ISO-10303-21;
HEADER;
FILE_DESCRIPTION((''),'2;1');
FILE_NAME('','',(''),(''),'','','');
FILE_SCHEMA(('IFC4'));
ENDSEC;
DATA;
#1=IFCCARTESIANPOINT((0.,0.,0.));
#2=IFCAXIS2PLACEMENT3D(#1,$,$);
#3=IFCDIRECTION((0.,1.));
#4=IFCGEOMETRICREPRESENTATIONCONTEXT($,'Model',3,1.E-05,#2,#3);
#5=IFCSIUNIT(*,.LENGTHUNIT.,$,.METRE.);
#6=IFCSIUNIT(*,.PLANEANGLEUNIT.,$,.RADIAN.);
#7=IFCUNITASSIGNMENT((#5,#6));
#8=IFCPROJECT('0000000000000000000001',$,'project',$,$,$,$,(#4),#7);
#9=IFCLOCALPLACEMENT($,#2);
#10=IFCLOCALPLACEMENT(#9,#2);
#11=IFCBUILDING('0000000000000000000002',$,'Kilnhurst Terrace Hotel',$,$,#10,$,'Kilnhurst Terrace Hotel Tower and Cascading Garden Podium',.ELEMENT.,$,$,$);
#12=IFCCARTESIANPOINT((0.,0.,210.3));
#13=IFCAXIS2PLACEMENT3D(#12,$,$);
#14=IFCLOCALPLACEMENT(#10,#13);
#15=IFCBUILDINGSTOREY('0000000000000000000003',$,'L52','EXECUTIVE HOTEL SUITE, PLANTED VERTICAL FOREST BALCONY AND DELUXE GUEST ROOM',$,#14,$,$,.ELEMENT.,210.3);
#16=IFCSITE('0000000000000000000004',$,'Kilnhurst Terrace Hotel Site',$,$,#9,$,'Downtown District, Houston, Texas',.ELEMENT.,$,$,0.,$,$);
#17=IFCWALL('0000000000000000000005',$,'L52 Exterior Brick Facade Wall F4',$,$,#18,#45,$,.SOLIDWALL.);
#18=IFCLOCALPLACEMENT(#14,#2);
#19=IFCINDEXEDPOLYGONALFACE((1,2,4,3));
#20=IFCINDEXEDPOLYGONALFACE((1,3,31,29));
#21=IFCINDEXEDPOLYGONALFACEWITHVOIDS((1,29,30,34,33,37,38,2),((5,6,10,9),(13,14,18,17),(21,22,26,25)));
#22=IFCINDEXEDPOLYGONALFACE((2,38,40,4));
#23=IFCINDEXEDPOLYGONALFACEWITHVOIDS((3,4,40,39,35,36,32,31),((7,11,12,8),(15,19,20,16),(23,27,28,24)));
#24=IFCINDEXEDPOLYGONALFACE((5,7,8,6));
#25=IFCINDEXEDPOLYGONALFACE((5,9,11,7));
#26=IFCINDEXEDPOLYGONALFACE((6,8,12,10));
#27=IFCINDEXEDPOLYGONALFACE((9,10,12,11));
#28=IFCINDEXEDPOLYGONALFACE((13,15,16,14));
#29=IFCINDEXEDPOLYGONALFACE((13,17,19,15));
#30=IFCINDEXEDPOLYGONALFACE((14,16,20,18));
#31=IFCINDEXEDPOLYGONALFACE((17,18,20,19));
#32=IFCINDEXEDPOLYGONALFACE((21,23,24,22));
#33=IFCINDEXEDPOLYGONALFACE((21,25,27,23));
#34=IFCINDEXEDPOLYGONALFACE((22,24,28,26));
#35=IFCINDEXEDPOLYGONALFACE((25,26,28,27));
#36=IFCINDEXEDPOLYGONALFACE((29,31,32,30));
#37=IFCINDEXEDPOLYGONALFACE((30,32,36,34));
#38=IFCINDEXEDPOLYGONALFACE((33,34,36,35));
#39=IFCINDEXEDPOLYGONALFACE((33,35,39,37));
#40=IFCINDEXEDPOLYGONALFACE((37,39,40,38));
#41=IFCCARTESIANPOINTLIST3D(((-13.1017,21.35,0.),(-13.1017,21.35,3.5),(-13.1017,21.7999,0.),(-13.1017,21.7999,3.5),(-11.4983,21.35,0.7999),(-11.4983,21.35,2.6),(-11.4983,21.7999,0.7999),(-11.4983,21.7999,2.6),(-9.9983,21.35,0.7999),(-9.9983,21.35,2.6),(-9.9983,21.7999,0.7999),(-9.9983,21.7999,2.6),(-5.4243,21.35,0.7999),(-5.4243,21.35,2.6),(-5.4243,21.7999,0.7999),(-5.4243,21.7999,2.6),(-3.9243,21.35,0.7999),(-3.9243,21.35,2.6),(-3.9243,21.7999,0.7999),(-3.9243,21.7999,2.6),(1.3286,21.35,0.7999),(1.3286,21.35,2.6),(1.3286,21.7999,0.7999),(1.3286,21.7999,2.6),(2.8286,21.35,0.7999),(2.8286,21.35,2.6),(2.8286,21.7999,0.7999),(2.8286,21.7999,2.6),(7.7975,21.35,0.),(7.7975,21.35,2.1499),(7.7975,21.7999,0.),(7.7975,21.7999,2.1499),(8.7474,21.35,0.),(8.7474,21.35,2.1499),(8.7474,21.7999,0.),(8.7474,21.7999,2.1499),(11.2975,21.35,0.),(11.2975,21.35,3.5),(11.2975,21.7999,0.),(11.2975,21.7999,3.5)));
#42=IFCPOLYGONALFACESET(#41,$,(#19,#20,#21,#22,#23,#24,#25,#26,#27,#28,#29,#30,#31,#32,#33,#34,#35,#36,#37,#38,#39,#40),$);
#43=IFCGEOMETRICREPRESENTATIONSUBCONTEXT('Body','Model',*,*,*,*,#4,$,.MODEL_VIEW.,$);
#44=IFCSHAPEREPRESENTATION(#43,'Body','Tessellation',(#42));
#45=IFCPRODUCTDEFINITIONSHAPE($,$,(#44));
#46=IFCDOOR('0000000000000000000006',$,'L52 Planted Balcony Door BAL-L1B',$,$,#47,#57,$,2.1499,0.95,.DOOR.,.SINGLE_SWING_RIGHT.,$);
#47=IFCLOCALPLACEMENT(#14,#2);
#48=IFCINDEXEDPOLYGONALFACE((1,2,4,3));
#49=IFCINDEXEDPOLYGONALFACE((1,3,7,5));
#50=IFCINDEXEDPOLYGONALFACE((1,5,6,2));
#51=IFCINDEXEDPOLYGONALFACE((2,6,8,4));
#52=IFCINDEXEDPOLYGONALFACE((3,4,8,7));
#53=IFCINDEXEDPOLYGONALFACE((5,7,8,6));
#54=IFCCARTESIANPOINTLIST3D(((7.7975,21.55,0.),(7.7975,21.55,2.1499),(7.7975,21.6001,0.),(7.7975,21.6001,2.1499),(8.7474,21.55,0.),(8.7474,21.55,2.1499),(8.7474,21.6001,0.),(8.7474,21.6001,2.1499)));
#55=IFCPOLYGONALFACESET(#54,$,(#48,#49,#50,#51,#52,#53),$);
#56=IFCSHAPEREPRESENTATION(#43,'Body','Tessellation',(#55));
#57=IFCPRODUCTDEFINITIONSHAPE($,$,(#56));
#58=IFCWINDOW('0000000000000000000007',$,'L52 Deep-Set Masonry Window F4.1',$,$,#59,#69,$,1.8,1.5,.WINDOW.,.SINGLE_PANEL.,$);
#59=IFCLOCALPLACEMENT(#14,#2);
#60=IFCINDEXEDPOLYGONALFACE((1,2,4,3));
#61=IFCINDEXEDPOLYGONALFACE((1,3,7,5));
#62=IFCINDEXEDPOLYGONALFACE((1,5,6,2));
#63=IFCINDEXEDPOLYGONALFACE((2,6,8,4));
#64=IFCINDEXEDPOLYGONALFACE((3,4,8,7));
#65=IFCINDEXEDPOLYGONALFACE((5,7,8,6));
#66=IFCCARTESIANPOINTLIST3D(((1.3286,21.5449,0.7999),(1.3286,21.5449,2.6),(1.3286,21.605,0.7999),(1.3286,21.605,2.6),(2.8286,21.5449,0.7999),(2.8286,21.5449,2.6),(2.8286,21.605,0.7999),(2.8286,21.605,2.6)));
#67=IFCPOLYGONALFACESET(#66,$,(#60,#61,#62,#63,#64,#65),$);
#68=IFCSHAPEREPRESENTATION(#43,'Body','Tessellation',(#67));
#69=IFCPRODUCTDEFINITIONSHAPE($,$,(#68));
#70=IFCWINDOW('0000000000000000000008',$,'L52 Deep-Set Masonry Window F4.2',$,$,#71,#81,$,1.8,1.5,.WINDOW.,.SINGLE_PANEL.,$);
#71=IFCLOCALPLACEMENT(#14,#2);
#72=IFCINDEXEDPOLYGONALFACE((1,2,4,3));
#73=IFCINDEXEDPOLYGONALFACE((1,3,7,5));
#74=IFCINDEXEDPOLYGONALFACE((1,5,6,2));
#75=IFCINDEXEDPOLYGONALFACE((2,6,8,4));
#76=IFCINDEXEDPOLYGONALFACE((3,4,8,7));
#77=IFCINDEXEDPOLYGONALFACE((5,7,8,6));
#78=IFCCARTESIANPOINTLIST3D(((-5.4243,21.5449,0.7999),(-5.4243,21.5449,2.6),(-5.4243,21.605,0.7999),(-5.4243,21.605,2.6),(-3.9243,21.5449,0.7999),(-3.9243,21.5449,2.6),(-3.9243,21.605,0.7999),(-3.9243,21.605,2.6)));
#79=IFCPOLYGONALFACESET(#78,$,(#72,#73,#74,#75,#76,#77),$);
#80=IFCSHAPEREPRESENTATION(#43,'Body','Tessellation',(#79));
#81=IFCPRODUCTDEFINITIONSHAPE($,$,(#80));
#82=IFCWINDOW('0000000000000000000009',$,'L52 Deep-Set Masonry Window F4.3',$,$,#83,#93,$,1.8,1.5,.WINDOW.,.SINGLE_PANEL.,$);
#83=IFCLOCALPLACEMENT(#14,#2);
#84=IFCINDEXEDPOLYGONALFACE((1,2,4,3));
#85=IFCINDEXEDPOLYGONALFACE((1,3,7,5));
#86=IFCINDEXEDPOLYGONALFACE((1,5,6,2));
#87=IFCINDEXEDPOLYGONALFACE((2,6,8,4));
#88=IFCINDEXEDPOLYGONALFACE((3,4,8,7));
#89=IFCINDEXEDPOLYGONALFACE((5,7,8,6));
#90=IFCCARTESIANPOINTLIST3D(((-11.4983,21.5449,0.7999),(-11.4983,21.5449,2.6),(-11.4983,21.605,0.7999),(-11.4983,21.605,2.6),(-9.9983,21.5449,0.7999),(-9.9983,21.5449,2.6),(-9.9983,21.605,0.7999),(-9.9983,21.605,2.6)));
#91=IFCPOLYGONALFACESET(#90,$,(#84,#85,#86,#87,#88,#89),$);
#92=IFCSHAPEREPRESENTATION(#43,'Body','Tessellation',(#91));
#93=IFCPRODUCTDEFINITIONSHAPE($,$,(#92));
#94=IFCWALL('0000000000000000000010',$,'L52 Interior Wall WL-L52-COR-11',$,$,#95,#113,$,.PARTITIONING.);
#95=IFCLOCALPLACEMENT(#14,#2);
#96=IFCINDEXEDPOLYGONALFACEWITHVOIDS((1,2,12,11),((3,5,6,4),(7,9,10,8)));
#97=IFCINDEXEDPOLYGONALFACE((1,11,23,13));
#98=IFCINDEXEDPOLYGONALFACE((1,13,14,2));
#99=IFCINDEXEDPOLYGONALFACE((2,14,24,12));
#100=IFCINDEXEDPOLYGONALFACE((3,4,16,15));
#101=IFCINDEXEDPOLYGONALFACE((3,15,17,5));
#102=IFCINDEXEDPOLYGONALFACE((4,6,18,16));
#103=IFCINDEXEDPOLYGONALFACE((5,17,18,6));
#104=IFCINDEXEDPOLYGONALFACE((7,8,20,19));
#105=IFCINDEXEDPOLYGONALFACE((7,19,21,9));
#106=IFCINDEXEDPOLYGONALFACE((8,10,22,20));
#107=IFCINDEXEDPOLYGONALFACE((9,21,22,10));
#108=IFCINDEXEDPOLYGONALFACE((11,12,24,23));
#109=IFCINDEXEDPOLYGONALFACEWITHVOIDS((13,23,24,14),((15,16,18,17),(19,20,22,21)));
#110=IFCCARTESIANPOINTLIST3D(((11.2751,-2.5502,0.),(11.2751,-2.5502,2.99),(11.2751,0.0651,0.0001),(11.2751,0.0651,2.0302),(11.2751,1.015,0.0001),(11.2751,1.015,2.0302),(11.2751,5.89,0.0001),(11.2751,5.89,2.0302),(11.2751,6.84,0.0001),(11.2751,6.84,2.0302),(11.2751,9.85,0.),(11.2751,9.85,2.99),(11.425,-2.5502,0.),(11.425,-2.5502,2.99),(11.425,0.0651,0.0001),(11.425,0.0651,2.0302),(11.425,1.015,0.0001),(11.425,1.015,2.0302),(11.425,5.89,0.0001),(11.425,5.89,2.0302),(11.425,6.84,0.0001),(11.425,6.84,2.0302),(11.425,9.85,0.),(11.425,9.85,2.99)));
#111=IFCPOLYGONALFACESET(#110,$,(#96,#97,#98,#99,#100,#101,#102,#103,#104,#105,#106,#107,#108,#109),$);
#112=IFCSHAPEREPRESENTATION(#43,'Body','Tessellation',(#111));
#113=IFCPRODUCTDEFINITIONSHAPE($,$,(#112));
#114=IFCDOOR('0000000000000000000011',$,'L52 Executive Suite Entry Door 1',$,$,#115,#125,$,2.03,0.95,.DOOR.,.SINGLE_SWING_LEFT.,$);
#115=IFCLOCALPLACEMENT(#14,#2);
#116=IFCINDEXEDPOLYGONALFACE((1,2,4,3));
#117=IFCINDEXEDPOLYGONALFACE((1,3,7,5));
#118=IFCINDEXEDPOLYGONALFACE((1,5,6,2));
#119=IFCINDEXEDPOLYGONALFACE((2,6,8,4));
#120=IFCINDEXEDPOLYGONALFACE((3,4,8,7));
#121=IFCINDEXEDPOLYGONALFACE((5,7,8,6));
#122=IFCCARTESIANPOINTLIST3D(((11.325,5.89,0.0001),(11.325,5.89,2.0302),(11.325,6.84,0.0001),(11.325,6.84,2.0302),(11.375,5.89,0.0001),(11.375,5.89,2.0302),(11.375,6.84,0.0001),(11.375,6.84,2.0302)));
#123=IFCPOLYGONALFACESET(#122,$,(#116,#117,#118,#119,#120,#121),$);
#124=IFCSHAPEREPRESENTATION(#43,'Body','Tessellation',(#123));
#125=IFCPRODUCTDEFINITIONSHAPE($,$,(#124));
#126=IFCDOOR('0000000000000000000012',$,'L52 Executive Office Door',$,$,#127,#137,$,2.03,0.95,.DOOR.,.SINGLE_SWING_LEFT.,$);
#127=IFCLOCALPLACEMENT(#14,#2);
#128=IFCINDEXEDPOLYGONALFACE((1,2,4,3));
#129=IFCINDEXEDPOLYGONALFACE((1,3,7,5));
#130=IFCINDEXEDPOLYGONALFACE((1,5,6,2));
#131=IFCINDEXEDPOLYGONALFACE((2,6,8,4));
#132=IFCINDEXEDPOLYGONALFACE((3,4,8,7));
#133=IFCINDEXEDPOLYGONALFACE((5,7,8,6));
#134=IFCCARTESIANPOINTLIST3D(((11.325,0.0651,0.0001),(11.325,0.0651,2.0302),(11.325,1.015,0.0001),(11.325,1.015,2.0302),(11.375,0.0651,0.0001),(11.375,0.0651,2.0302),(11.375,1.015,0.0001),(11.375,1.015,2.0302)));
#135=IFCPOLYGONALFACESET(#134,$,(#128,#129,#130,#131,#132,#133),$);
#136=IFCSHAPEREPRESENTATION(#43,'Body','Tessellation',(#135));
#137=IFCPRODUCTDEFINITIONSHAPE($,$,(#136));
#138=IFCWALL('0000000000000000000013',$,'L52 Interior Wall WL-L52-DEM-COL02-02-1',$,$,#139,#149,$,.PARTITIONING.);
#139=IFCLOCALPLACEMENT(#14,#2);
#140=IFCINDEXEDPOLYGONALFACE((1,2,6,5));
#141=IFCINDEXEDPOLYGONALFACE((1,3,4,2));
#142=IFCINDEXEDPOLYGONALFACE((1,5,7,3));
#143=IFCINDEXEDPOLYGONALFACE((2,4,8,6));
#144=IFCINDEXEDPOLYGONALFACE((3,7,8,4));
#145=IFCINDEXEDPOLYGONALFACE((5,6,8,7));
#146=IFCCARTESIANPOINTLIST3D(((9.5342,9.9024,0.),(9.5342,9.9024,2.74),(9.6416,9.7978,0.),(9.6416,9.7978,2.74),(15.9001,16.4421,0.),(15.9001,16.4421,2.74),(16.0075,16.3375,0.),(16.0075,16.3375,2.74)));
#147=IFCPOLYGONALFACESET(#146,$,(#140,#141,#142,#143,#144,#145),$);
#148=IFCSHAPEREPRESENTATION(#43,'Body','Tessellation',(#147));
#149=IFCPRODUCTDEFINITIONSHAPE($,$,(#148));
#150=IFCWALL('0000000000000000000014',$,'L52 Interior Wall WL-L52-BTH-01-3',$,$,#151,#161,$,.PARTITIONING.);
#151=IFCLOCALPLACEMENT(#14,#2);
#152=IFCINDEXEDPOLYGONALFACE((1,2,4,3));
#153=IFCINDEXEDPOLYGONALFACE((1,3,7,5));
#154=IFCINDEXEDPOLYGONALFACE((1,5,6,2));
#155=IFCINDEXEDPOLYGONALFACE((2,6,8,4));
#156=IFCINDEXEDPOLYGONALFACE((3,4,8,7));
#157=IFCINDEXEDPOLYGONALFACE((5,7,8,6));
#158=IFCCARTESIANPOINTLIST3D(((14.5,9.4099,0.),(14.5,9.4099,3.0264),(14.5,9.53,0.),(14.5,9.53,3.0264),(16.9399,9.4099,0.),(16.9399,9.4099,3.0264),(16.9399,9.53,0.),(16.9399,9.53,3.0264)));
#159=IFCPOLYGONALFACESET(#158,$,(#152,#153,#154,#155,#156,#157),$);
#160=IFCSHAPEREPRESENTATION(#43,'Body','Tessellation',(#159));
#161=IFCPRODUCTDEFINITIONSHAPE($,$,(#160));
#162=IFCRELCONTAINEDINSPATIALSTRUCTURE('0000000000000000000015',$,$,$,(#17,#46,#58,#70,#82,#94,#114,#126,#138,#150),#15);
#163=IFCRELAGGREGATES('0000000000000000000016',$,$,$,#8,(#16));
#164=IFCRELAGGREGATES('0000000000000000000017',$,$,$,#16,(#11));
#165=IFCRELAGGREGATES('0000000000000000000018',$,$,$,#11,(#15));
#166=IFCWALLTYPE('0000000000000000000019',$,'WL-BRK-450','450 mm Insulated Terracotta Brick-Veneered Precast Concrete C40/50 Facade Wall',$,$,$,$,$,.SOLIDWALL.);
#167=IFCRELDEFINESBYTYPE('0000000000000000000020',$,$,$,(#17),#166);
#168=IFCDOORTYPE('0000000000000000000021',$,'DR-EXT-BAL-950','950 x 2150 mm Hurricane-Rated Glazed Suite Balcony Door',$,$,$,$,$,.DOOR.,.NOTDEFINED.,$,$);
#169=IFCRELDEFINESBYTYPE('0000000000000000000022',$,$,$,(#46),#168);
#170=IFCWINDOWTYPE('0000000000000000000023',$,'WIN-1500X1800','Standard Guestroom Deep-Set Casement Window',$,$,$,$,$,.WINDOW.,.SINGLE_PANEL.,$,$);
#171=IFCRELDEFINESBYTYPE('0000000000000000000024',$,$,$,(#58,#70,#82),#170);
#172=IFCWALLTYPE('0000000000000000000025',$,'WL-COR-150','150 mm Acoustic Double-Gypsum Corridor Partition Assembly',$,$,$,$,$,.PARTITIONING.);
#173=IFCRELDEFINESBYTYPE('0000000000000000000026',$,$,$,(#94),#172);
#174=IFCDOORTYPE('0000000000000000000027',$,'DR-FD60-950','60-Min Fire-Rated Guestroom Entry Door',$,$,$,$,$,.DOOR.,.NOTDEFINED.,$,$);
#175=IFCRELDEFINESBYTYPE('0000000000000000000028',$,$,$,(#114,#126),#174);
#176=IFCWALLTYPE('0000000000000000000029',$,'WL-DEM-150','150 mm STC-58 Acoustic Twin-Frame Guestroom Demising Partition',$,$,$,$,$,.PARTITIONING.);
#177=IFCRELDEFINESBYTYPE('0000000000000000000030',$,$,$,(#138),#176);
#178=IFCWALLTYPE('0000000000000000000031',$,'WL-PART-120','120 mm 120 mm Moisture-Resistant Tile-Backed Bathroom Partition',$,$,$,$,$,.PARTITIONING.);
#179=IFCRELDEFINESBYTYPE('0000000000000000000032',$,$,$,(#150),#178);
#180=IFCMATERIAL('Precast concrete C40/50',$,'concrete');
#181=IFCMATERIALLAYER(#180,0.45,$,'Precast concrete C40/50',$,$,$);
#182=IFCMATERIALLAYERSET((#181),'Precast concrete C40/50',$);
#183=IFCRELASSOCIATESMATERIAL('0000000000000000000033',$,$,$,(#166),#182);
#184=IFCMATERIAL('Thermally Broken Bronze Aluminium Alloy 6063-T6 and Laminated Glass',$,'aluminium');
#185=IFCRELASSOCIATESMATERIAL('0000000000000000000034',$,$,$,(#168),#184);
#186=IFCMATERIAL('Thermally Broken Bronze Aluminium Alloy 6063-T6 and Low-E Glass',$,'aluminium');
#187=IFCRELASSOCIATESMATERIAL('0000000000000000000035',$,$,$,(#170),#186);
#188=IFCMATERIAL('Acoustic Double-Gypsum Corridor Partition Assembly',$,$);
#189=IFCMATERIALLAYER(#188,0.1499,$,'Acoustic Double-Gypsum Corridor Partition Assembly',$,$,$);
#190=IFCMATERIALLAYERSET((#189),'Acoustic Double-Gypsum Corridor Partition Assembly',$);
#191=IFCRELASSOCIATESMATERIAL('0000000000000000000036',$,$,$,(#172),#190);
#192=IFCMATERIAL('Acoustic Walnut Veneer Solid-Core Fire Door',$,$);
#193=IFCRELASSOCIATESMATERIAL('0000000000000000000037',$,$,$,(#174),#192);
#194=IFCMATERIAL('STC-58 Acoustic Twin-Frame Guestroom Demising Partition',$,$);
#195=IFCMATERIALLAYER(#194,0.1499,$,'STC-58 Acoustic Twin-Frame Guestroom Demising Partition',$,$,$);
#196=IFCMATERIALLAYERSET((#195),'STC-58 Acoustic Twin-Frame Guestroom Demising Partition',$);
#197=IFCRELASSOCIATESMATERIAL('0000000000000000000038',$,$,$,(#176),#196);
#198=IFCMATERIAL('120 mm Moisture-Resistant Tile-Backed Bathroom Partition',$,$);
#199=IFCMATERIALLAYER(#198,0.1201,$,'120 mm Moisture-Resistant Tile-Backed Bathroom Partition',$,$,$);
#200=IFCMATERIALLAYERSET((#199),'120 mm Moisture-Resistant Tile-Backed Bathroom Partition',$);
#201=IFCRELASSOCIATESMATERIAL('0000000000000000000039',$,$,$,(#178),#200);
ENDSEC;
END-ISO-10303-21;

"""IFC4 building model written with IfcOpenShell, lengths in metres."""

from ifc_helpers import new_model, si_unit, direction, frame, frame_2d, origin, place, context, subcontext, project, spatial, rectangle, extrude, material, layer, layer_set, type_object, element, fill, save


model = new_model("IFC4")

# Units and contexts
model_context = context("Model", 3, precision=1e-05, world=origin(), true_north=direction((0.0, 1.0)))
body_context = subcontext(model_context, "Body", "Model", "MODEL_VIEW")
ifc_project = project(units=[si_unit("LENGTHUNIT", "METRE"), si_unit("PLANEANGLEUNIT", "RADIAN")], contexts=[model_context])

# Site, building, storey
site_placement = place(None, origin())
site = spatial("IfcSite", under=ifc_project, at=site_placement, Name="Kilnhurst Terrace Hotel Site", LongName="Downtown District, Houston, Texas", CompositionType="ELEMENT", RefElevation=0.0)
building_placement = place(site_placement, origin())
building = spatial("IfcBuilding", under=site, at=building_placement, Name="Kilnhurst Terrace Hotel", LongName="Kilnhurst Terrace Hotel Tower and Cascading Garden Podium", CompositionType="ELEMENT")
storey_placement = place(building_placement, frame((0.0, 0.0, 210.3)))
storey = spatial("IfcBuildingStorey", under=building, at=storey_placement, Name="L52", Description="EXECUTIVE HOTEL SUITE, PLANTED VERTICAL FOREST BALCONY AND DELUXE GUEST ROOM", CompositionType="ELEMENT", Elevation=210.3)

# Shared definitions
ifc_material_1 = material(Name="Precast concrete C40/50", Category="concrete")
ifc_layer_1 = layer(ifc_material_1, 0.45, Name="Precast concrete C40/50")
ifc_layer_set_1 = layer_set([ifc_layer_1], Name="Precast concrete C40/50")
wall_type_1 = type_object("IfcWallType", Name="WL-BRK-450", Description="450 mm Insulated Terracotta Brick-Veneered Precast Concrete C40/50 Facade Wall", PredefinedType="SOLIDWALL", material=ifc_layer_set_1)

# Wall, openings, door, windows
wall_1_placement = place(storey_placement, frame((11.2976, 21.575, 0.0), z_axis=(0.0, 0.0, 1.0), x_axis=(-1.0, 0.0, 0.0)))
wall_1 = element("IfcWall", 1, at=wall_1_placement, inside=storey, type_object=wall_type_1, Name="L52 Exterior Brick Facade Wall F4", PredefinedType="SOLIDWALL", context=body_context, shape_type="SweptSolid", body=[
    extrude(rectangle(XDim=24.3992, YDim=0.45, at=frame_2d((12.1997, 0.0))), origin(), (0.0, 0.0, 1.0), 3.5),
])
opening_1_placement = place(wall_1_placement, frame((2.55, 0.0, 0.0)))
opening_1 = element("IfcOpeningElement", 2, at=opening_1_placement, cuts=wall_1, PredefinedType="OPENING", context=body_context, shape_type="SweptSolid", body=[
    extrude(rectangle(XDim=0.95, YDim=2.1499, at=frame_2d((0.4751, 1.075))), frame((0.0, 0.2349, 0.0), z_axis=(0.0, -1.0, 0.0), x_axis=(1.0, 0.0, 0.0)), (0.0, 0.0, 1.0), 0.47),
])
opening_2_placement = place(wall_1_placement, frame((8.469, 0.0, 0.8)))
opening_2 = element("IfcOpeningElement", 3, at=opening_2_placement, cuts=wall_1, PredefinedType="OPENING", context=body_context, shape_type="SweptSolid", body=[
    extrude(rectangle(XDim=1.5, YDim=1.8, at=frame_2d((0.75, 0.8999))), frame((0.0, 0.2349, 0.0), z_axis=(0.0, -1.0, 0.0), x_axis=(1.0, 0.0, 0.0)), (0.0, 0.0, 1.0), 0.47),
])
opening_3_placement = place(wall_1_placement, frame((15.2219, 0.0, 0.8)))
opening_3 = element("IfcOpeningElement", 4, at=opening_3_placement, cuts=wall_1, PredefinedType="OPENING", context=body_context, shape_type="SweptSolid", body=[
    extrude(rectangle(XDim=1.5, YDim=1.8, at=frame_2d((0.75, 0.8999))), frame((0.0, 0.2349, 0.0), z_axis=(0.0, -1.0, 0.0), x_axis=(1.0, 0.0, 0.0)), (0.0, 0.0, 1.0), 0.47),
])
opening_4_placement = place(wall_1_placement, frame((21.2959, 0.0, 0.8)))
opening_4 = element("IfcOpeningElement", 5, at=opening_4_placement, cuts=wall_1, PredefinedType="OPENING", context=body_context, shape_type="SweptSolid", body=[
    extrude(rectangle(XDim=1.5, YDim=1.8, at=frame_2d((0.75, 0.8999))), frame((0.0, 0.2349, 0.0), z_axis=(0.0, -1.0, 0.0), x_axis=(1.0, 0.0, 0.0)), (0.0, 0.0, 1.0), 0.47),
])
ifc_material_2 = material(Name="Thermally Broken Bronze Aluminium Alloy 6063-T6 and Laminated Glass", Category="aluminium")
door_type_1 = type_object("IfcDoorType", Name="DR-EXT-BAL-950", Description="950 x 2150 mm Hurricane-Rated Glazed Suite Balcony Door", OperationType="NOTDEFINED", PredefinedType="DOOR", material=ifc_material_2)
door_1_placement = place(opening_1_placement, origin())
door_1 = element("IfcDoor", 6, at=door_1_placement, inside=storey, type_object=door_type_1, Name="L52 Planted Balcony Door BAL-L1B", OperationType="SINGLE_SWING_RIGHT", OverallHeight=2.1499, OverallWidth=0.95, PredefinedType="DOOR", context=body_context, shape_type="SweptSolid", body=[
    extrude(rectangle(XDim=0.95, YDim=2.1499, at=frame_2d((0.4751, 1.075))), frame((0.0, 0.0249, 0.0), z_axis=(0.0, -1.0, 0.0), x_axis=(1.0, 0.0, 0.0)), (0.0, 0.0, 1.0), 0.05),
])
fill(opening_1, door_1)
ifc_material_3 = material(Name="Thermally Broken Bronze Aluminium Alloy 6063-T6 and Low-E Glass", Category="aluminium")
window_type = type_object("IfcWindowType", Name="WIN-1500X1800", Description="Standard Guestroom Deep-Set Casement Window", PartitioningType="SINGLE_PANEL", PredefinedType="WINDOW", material=ifc_material_3)
window_1_placement = place(opening_2_placement, origin())
window_1 = element("IfcWindow", 7, at=window_1_placement, inside=storey, type_object=window_type, Name="L52 Deep-Set Masonry Window F4.1", OverallHeight=1.8, OverallWidth=1.5, PartitioningType="SINGLE_PANEL", PredefinedType="WINDOW", context=body_context, shape_type="SweptSolid", body=[
    extrude(rectangle(XDim=1.5, YDim=1.8, at=frame_2d((0.75, 0.8999))), frame((0.0, 0.03, 0.0), z_axis=(0.0, -1.0, 0.0), x_axis=(1.0, 0.0, 0.0)), (0.0, 0.0, 1.0), 0.0601),
])
fill(opening_2, window_1)
window_2_placement = place(opening_3_placement, origin())
window_2 = element("IfcWindow", 8, at=window_2_placement, inside=storey, type_object=window_type, Name="L52 Deep-Set Masonry Window F4.2", OverallHeight=1.8, OverallWidth=1.5, PartitioningType="SINGLE_PANEL", PredefinedType="WINDOW", context=body_context, shape_type="SweptSolid", body=[
    extrude(rectangle(XDim=1.5, YDim=1.8, at=frame_2d((0.75, 0.8999))), frame((0.0, 0.03, 0.0), z_axis=(0.0, -1.0, 0.0), x_axis=(1.0, 0.0, 0.0)), (0.0, 0.0, 1.0), 0.0601),
])
fill(opening_3, window_2)
window_3_placement = place(opening_4_placement, origin())
window_3 = element("IfcWindow", 9, at=window_3_placement, inside=storey, type_object=window_type, Name="L52 Deep-Set Masonry Window F4.3", OverallHeight=1.8, OverallWidth=1.5, PartitioningType="SINGLE_PANEL", PredefinedType="WINDOW", context=body_context, shape_type="SweptSolid", body=[
    extrude(rectangle(XDim=1.5, YDim=1.8, at=frame_2d((0.75, 0.8999))), frame((0.0, 0.03, 0.0), z_axis=(0.0, -1.0, 0.0), x_axis=(1.0, 0.0, 0.0)), (0.0, 0.0, 1.0), 0.0601),
])
fill(opening_4, window_3)

# Wall, openings, doors
ifc_material_4 = material(Name="Acoustic Double-Gypsum Corridor Partition Assembly")
ifc_layer_2 = layer(ifc_material_4, 0.1499, Name="Acoustic Double-Gypsum Corridor Partition Assembly")
ifc_layer_set_2 = layer_set([ifc_layer_2], Name="Acoustic Double-Gypsum Corridor Partition Assembly")
wall_type_2 = type_object("IfcWallType", Name="WL-COR-150", Description="150 mm Acoustic Double-Gypsum Corridor Partition Assembly", PredefinedType="PARTITIONING", material=ifc_layer_set_2)
wall_2_placement = place(storey_placement, frame((11.3501, 9.8501, 0.0), z_axis=(0.0, 0.0, 1.0), x_axis=(0.0, -1.0, 0.0)))
wall_2 = element("IfcWall", 10, at=wall_2_placement, inside=storey, type_object=wall_type_2, Name="L52 Interior Wall WL-L52-COR-11", PredefinedType="PARTITIONING", context=body_context, shape_type="SweptSolid", body=[
    extrude(rectangle(XDim=12.4001, YDim=0.1499, at=frame_2d((6.2002, 0.0))), origin(), (0.0, 0.0, 1.0), 2.99),
])
opening_5_placement = place(wall_2_placement, frame((3.01, 0.0, 0.0)))
opening_5 = element("IfcOpeningElement", 11, at=opening_5_placement, cuts=wall_2, PredefinedType="OPENING", context=body_context, shape_type="SweptSolid", body=[
    extrude(rectangle(XDim=0.95, YDim=2.03, at=frame_2d((0.4751, 1.0151))), frame((0.0, 0.085, 0.0), z_axis=(0.0, -1.0, 0.0), x_axis=(1.0, 0.0, 0.0)), (0.0, 0.0, 1.0), 0.1699),
])
opening_6_placement = place(wall_2_placement, frame((8.835, 0.0, 0.0)))
opening_6 = element("IfcOpeningElement", 12, at=opening_6_placement, cuts=wall_2, PredefinedType="OPENING", context=body_context, shape_type="SweptSolid", body=[
    extrude(rectangle(XDim=0.95, YDim=2.03, at=frame_2d((0.4751, 1.0151))), frame((0.0, 0.085, 0.0), z_axis=(0.0, -1.0, 0.0), x_axis=(1.0, 0.0, 0.0)), (0.0, 0.0, 1.0), 0.1699),
])
ifc_material_5 = material(Name="Acoustic Walnut Veneer Solid-Core Fire Door")
door_type_2 = type_object("IfcDoorType", Name="DR-FD60-950", Description="60-Min Fire-Rated Guestroom Entry Door", OperationType="NOTDEFINED", PredefinedType="DOOR", material=ifc_material_5)
door_2_placement = place(opening_5_placement, origin())
door_2 = element("IfcDoor", 13, at=door_2_placement, inside=storey, type_object=door_type_2, Name="L52 Executive Suite Entry Door 1", OperationType="SINGLE_SWING_LEFT", OverallHeight=2.03, OverallWidth=0.95, PredefinedType="DOOR", context=body_context, shape_type="SweptSolid", body=[
    extrude(rectangle(XDim=0.95, YDim=2.03, at=frame_2d((0.4751, 1.0151))), frame((0.0, 0.0249, 0.0), z_axis=(0.0, -1.0, 0.0), x_axis=(1.0, 0.0, 0.0)), (0.0, 0.0, 1.0), 0.05),
])
fill(opening_5, door_2)
door_3_placement = place(opening_6_placement, origin())
door_3 = element("IfcDoor", 14, at=door_3_placement, inside=storey, type_object=door_type_2, Name="L52 Executive Office Door", OperationType="SINGLE_SWING_LEFT", OverallHeight=2.03, OverallWidth=0.95, PredefinedType="DOOR", context=body_context, shape_type="SweptSolid", body=[
    extrude(rectangle(XDim=0.95, YDim=2.03, at=frame_2d((0.4751, 1.0151))), frame((0.0, 0.0249, 0.0), z_axis=(0.0, -1.0, 0.0), x_axis=(1.0, 0.0, 0.0)), (0.0, 0.0, 1.0), 0.05),
])
fill(opening_6, door_3)

# Walls
ifc_material_6 = material(Name="STC-58 Acoustic Twin-Frame Guestroom Demising Partition")
ifc_layer_3 = layer(ifc_material_6, 0.1499, Name="STC-58 Acoustic Twin-Frame Guestroom Demising Partition")
ifc_layer_set_3 = layer_set([ifc_layer_3], Name="STC-58 Acoustic Twin-Frame Guestroom Demising Partition")
wall_type_3 = type_object("IfcWallType", Name="WL-DEM-150", Description="150 mm STC-58 Acoustic Twin-Frame Guestroom Demising Partition", PredefinedType="PARTITIONING", material=ifc_layer_set_3)
wall_3_placement = place(storey_placement, frame((9.5879, 9.8501, 0.0), z_axis=(0.0, 0.0, 1.0), x_axis=(0.697519, 0.716566, 0.0)))
element("IfcWall", 15, at=wall_3_placement, inside=storey, type_object=wall_type_3, Name="L52 Interior Wall WL-L52-DEM-COL02-02-1", PredefinedType="PARTITIONING", context=body_context, shape_type="SweptSolid", body=[
    extrude(rectangle(XDim=9.1265, YDim=0.1499, at=frame_2d((4.5632, 0.0))), origin(), (0.0, 0.0, 1.0), 2.74),
])
ifc_material_7 = material(Name="120 mm Moisture-Resistant Tile-Backed Bathroom Partition")
ifc_layer_4 = layer(ifc_material_7, 0.1201, Name="120 mm Moisture-Resistant Tile-Backed Bathroom Partition")
ifc_layer_set_4 = layer_set([ifc_layer_4], Name="120 mm Moisture-Resistant Tile-Backed Bathroom Partition")
wall_type_4 = type_object("IfcWallType", Name="WL-PART-120", Description="120 mm 120 mm Moisture-Resistant Tile-Backed Bathroom Partition", PredefinedType="PARTITIONING", material=ifc_layer_set_4)
wall_4_placement = place(storey_placement, frame((16.9399, 9.47, 0.0), z_axis=(0.0, 0.0, 1.0), x_axis=(-1.0, 0.0, 0.0)))
element("IfcWall", 16, at=wall_4_placement, inside=storey, type_object=wall_type_4, Name="L52 Interior Wall WL-L52-BTH-01-3", PredefinedType="PARTITIONING", context=body_context, shape_type="SweptSolid", body=[
    extrude(rectangle(XDim=2.4399, YDim=0.1201, at=frame_2d((1.22, 0.0))), origin(), (0.0, 0.0, 1.0), 3.0264),
])

save(model, "model.ifc")
